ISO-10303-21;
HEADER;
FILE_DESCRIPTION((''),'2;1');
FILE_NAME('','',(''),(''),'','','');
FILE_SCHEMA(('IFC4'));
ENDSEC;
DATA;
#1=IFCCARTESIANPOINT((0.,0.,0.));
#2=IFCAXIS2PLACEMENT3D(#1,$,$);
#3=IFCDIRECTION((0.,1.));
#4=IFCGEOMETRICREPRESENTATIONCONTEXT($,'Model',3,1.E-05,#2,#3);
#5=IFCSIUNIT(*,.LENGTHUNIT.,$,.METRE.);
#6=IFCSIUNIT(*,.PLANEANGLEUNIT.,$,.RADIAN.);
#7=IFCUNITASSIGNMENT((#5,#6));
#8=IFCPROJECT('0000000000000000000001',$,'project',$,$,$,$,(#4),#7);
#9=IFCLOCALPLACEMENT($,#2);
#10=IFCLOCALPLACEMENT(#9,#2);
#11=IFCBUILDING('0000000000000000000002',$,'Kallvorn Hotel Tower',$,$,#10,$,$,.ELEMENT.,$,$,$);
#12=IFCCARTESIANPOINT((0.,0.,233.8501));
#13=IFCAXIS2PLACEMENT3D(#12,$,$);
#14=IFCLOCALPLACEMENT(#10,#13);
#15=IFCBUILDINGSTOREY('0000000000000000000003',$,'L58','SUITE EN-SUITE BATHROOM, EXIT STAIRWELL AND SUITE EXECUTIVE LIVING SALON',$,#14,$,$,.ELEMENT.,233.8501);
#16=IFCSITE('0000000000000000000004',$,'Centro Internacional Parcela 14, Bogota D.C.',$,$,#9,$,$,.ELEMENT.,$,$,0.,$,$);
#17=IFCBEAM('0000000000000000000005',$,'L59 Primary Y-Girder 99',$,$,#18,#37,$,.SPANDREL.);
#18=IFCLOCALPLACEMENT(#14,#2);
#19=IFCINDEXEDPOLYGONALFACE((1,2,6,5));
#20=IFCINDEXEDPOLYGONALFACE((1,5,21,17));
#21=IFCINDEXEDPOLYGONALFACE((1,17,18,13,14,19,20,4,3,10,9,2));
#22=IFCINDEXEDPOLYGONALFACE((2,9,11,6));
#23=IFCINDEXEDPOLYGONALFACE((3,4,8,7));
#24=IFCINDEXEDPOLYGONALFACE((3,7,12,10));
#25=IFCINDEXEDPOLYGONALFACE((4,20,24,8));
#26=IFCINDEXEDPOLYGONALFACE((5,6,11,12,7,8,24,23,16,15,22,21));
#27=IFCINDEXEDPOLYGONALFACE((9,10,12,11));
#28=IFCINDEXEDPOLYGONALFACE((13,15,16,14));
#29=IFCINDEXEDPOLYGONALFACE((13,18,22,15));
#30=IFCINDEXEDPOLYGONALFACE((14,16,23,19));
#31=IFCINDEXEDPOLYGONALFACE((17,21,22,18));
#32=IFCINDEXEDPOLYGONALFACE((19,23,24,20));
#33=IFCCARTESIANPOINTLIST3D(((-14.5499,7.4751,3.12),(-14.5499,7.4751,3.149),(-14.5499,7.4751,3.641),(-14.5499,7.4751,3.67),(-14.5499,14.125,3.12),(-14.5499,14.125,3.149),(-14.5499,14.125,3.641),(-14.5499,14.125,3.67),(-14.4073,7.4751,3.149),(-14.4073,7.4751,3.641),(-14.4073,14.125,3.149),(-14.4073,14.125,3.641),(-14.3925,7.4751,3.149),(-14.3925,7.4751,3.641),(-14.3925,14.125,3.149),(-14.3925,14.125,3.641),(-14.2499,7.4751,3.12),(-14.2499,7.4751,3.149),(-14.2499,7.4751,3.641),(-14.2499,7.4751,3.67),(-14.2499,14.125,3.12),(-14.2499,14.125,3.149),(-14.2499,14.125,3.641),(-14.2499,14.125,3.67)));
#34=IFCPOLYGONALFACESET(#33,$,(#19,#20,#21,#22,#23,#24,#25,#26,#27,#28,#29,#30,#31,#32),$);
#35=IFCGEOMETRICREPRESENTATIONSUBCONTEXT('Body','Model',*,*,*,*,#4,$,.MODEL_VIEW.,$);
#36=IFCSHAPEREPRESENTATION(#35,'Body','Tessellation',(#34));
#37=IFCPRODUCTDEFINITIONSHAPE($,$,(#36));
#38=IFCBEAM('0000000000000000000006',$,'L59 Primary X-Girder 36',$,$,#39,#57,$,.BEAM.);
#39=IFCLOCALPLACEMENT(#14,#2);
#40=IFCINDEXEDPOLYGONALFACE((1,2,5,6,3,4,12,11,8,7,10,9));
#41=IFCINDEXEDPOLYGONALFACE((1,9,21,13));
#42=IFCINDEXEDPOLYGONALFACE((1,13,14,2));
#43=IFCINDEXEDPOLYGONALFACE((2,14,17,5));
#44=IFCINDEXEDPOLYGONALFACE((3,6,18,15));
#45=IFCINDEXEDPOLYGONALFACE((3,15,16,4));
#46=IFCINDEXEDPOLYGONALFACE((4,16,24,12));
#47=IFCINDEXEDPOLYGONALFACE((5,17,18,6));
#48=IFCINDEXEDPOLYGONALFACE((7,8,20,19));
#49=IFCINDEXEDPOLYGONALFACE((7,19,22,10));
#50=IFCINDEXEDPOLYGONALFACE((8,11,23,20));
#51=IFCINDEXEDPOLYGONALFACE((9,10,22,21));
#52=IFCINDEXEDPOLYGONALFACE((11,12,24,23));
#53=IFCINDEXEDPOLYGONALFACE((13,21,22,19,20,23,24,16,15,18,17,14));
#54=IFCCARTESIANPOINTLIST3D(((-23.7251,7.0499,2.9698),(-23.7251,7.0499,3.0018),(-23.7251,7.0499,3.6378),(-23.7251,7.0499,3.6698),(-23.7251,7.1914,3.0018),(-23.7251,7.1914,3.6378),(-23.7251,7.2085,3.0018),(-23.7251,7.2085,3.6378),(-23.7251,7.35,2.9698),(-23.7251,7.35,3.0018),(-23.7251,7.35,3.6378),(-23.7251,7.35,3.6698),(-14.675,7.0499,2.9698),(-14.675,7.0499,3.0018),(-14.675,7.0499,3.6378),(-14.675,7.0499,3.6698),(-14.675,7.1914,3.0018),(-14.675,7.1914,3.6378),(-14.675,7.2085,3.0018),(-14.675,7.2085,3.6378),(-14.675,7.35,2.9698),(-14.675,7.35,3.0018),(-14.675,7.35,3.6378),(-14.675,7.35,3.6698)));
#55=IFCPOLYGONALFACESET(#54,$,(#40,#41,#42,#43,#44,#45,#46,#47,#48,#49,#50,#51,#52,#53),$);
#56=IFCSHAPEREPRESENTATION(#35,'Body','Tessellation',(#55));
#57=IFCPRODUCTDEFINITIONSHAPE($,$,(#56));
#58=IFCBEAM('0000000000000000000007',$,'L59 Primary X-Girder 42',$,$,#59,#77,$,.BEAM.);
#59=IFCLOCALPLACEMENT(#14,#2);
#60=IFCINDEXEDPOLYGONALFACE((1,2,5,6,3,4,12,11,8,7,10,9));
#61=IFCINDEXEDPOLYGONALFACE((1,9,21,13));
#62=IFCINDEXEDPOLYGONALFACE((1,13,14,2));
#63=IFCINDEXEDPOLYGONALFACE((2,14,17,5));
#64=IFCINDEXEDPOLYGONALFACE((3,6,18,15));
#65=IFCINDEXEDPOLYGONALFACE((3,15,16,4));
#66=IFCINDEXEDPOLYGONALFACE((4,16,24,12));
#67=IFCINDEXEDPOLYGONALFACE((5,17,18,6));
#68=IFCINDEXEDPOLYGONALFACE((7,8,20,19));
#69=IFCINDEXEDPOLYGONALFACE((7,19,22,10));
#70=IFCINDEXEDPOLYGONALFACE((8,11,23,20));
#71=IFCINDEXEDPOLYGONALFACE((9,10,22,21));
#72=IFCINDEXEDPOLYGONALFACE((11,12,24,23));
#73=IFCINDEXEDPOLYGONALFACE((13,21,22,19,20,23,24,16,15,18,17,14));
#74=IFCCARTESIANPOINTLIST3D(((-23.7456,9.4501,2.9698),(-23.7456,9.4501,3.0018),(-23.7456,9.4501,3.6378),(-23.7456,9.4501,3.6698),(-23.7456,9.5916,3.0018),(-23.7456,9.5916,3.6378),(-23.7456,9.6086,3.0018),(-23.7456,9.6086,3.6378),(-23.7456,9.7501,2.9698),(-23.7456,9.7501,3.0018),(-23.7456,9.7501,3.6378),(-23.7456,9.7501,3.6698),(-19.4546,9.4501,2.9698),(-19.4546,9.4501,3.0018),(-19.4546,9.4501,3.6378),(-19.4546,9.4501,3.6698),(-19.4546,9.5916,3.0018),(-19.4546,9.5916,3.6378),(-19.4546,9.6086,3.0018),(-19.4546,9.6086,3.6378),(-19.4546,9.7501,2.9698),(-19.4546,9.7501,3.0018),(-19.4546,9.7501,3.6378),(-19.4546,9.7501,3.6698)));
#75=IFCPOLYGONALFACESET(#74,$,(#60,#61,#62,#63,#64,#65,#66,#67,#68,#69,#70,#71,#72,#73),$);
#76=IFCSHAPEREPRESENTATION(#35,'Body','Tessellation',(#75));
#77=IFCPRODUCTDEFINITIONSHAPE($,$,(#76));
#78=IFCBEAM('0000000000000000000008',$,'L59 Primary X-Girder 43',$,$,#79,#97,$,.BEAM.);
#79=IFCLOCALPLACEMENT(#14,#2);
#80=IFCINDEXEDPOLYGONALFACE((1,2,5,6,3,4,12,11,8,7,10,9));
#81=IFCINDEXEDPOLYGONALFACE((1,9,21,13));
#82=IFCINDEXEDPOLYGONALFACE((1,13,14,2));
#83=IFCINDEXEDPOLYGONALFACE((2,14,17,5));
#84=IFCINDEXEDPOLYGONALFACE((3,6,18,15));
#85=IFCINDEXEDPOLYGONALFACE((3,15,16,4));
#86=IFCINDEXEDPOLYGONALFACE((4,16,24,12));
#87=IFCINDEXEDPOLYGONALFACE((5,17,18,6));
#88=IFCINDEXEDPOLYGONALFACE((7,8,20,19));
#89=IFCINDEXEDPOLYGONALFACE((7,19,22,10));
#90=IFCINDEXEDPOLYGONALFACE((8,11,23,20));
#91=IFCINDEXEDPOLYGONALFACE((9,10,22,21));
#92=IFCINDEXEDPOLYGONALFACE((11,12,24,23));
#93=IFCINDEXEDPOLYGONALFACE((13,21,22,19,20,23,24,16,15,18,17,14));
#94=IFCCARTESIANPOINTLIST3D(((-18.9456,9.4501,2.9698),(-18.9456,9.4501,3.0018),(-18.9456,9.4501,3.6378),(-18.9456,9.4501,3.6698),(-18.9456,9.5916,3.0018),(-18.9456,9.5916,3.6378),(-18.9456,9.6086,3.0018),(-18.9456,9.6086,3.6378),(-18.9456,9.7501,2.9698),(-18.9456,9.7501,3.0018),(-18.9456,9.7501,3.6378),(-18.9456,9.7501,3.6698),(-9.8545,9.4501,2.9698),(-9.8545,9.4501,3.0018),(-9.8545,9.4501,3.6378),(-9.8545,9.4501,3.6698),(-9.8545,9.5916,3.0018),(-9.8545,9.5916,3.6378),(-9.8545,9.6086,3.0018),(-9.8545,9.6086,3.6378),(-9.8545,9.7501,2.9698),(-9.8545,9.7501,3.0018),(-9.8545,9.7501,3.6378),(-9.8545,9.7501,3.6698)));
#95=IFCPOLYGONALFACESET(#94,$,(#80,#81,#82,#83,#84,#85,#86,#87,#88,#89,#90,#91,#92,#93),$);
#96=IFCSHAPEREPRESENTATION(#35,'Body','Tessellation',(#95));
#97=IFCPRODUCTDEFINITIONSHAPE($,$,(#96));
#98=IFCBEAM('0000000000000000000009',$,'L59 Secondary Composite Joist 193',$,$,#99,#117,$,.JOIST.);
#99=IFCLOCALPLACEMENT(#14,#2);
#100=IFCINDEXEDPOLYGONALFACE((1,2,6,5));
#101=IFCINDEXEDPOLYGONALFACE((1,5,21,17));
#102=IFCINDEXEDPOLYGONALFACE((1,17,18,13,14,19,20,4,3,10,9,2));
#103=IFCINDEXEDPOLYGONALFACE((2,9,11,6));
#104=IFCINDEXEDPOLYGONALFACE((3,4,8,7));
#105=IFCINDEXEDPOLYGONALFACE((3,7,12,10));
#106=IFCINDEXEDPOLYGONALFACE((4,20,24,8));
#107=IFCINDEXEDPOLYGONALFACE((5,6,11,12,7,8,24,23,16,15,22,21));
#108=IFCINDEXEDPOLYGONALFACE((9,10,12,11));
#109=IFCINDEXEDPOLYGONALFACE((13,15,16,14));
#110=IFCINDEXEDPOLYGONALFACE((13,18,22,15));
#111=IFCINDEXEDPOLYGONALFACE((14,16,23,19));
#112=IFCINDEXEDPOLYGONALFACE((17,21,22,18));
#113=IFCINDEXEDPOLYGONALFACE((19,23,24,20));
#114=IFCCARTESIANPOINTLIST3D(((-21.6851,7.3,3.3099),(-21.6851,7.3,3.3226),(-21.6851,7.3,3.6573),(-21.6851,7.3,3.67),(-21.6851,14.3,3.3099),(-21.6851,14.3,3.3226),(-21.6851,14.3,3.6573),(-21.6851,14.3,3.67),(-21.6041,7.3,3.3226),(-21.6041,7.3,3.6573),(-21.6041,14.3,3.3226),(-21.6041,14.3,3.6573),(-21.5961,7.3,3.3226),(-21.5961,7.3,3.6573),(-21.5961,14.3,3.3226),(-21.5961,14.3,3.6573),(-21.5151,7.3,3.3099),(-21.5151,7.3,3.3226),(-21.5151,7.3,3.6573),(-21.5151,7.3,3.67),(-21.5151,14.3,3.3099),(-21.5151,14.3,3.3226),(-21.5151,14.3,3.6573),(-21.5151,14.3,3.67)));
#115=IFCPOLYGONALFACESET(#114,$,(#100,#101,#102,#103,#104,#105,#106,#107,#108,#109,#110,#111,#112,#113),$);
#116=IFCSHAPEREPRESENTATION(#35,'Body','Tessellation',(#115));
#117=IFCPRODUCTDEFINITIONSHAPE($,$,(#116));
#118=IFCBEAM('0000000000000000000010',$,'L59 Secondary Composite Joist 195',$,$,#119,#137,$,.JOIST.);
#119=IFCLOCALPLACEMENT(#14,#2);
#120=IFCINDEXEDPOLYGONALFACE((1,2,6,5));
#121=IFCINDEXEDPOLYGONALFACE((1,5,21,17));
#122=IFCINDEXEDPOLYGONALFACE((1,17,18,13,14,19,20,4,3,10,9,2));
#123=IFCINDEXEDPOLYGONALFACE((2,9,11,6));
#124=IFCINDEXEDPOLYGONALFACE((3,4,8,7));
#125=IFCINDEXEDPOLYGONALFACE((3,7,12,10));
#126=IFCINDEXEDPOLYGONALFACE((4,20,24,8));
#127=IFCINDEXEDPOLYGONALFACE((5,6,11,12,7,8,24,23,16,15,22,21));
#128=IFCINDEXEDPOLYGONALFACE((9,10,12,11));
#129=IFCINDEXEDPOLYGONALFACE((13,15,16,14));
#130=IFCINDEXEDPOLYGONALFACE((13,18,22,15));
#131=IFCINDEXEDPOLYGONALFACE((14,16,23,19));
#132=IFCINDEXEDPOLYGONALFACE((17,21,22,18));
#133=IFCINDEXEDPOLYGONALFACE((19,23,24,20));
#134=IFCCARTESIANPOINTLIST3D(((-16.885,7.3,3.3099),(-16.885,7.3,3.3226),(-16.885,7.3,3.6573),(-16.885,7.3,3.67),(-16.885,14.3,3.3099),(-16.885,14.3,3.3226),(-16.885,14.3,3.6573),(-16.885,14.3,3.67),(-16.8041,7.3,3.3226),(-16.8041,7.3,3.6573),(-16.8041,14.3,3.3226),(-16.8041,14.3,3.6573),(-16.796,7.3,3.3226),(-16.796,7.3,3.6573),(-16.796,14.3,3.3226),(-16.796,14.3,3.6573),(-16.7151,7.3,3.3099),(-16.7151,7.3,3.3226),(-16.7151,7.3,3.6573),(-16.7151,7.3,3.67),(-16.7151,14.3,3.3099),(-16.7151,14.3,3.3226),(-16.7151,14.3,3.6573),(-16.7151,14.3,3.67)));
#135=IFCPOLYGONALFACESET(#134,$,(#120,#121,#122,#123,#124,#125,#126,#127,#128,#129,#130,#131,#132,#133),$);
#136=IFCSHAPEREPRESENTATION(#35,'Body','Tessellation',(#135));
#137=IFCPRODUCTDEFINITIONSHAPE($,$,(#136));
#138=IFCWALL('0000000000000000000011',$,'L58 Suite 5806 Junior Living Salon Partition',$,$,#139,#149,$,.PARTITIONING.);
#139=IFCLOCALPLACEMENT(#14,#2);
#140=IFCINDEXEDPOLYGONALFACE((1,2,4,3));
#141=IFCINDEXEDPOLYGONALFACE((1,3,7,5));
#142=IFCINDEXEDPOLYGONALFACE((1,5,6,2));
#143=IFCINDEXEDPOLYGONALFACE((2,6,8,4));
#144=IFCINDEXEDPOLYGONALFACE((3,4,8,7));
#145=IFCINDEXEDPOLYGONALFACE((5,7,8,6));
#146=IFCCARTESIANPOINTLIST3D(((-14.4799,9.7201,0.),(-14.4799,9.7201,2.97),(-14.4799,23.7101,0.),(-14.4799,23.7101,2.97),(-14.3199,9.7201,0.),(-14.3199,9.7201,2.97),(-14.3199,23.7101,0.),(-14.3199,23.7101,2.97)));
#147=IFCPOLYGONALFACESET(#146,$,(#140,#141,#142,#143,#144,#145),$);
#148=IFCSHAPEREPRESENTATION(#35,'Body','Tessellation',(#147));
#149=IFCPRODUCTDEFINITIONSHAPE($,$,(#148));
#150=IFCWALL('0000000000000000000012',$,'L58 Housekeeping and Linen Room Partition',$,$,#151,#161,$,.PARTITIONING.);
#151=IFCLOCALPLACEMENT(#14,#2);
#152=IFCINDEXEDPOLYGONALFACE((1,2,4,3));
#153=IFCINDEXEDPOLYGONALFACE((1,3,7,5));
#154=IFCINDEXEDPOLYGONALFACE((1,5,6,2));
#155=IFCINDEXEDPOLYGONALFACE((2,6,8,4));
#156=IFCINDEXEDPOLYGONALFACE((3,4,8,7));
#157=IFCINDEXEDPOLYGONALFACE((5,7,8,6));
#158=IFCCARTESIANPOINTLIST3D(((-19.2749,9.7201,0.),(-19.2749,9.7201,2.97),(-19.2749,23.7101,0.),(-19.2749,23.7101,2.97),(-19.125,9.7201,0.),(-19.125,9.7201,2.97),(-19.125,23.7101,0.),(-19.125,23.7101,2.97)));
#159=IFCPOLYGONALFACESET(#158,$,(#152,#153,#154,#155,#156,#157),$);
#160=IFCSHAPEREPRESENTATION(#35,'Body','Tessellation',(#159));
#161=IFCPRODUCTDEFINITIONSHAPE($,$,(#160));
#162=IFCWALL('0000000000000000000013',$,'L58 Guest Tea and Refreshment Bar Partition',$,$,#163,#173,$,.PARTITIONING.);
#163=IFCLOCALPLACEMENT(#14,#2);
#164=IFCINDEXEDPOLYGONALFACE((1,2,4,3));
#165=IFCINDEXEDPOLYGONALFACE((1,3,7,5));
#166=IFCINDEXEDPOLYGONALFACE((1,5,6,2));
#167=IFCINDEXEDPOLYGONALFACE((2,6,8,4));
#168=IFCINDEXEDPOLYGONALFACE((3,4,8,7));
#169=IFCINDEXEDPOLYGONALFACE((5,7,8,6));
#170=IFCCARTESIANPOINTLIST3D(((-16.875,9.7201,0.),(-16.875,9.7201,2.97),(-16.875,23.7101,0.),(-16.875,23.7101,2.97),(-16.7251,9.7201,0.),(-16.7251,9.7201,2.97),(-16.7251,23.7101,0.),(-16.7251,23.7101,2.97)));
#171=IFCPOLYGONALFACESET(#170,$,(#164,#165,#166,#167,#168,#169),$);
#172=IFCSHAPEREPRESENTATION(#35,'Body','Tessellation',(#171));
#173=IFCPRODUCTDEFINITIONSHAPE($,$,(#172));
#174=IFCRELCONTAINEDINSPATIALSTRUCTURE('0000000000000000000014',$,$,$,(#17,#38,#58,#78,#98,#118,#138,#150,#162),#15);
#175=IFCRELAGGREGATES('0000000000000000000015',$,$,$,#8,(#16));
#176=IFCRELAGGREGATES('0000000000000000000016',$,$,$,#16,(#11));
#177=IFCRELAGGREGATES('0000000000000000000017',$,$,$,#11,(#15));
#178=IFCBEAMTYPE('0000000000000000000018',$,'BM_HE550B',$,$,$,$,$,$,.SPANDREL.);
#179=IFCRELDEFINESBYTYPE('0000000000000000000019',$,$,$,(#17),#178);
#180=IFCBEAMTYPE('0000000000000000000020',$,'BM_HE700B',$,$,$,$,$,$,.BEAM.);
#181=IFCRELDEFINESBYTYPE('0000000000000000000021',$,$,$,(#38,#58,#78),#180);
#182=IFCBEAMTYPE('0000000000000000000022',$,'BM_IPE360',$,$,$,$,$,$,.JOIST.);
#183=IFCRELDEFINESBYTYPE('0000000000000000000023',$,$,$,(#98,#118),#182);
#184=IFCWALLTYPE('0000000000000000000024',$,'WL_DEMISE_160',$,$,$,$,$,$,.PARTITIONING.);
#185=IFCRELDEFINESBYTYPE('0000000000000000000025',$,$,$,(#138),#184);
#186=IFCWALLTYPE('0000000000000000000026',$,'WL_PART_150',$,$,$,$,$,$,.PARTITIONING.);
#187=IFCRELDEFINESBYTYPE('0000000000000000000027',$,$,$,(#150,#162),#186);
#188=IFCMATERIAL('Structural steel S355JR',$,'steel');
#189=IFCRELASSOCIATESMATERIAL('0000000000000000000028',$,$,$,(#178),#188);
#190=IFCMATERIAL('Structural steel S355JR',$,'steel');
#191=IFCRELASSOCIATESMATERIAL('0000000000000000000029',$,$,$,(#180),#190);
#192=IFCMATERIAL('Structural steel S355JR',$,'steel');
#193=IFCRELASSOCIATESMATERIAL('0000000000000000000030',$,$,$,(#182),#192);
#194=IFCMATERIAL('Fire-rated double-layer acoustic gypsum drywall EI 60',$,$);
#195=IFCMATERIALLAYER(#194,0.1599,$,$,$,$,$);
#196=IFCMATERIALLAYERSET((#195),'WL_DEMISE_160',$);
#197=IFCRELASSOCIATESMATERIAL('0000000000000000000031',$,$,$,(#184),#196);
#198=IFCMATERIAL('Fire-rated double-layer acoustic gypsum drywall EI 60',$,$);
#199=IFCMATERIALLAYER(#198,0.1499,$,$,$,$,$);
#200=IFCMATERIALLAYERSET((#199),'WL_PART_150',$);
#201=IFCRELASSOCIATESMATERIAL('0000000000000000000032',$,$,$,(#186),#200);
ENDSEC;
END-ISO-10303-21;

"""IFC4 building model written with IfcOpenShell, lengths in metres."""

from ifc_helpers import new_model, si_unit, direction, frame, frame_2d, origin, origin_2d, place, context, subcontext, project, spatial, rectangle, i_section, extrude, material, layer, layer_set, material_profile, profile_set, type_object, element, save


model = new_model("IFC4")

# Units and contexts
model_context = context("Model", 3, precision=1e-05, world=origin(), true_north=direction((0.0, 1.0)))
body_context = subcontext(model_context, "Body", "Model", "MODEL_VIEW")
ifc_project = project(units=[si_unit("LENGTHUNIT", "METRE"), si_unit("PLANEANGLEUNIT", "RADIAN")], contexts=[model_context])

# Site, building, storey
site_placement = place(None, origin())
site = spatial("IfcSite", under=ifc_project, at=site_placement, Name="Centro Internacional Parcela 14, Bogota D.C.", CompositionType="ELEMENT", RefElevation=0.0)
building_placement = place(site_placement, origin())
building = spatial("IfcBuilding", under=site, at=building_placement, Name="Kallvorn Hotel Tower", CompositionType="ELEMENT")
storey_placement = place(building_placement, frame((0.0, 0.0, 233.8501)))
storey = spatial("IfcBuildingStorey", under=building, at=storey_placement, Name="L58", Description="SUITE EN-SUITE BATHROOM, EXIT STAIRWELL AND SUITE EXECUTIVE LIVING SALON", CompositionType="ELEMENT", Elevation=233.8501)

# Beams
ifc_material_1 = material(Name="Structural steel S355JR", Category="steel")
ifc_material_profile_1 = material_profile(ifc_material_1, i_section(OverallWidth=0.3, OverallDepth=0.55, WebThickness=0.0149, FlangeThickness=0.0291, at=origin_2d()), Name="HE 550 B")
ifc_profile_set_1 = profile_set([ifc_material_profile_1], Name="Structural steel S355JR")
beam_type_1 = type_object("IfcBeamType", Name="BM_HE550B", PredefinedType="SPANDREL", material=ifc_profile_set_1)
beam_1_placement = place(storey_placement, frame((-14.3999, 7.4751, 3.395), z_axis=(0.0, 1.0, 0.0), x_axis=(-1.0, 0.0, 0.0)))
element("IfcBeam", 1, at=beam_1_placement, inside=storey, type_object=beam_type_1, Name="L59 Primary Y-Girder 99", PredefinedType="SPANDREL", context=body_context, shape_type="SweptSolid", body=[
    extrude(i_section(OverallWidth=0.3, OverallDepth=0.55, WebThickness=0.0149, FlangeThickness=0.0291, at=origin_2d()), origin(), (0.0, 0.0, 1.0), 6.6499),
])
ifc_material_2 = material(Name="Structural steel S355JR", Category="steel")
ifc_material_profile_2 = material_profile(ifc_material_2, i_section(OverallWidth=0.3, OverallDepth=0.7, WebThickness=0.0171, FlangeThickness=0.032, at=origin_2d()), Name="HE 700 B")
ifc_profile_set_2 = profile_set([ifc_material_profile_2], Name="Structural steel S355JR")
beam_type_2 = type_object("IfcBeamType", Name="BM_HE700B", PredefinedType="BEAM", material=ifc_profile_set_2)
beam_2_placement = place(storey_placement, frame((-23.7251, 7.2, 3.3198), z_axis=(1.0, 0.0, 0.0), x_axis=(0.0, 1.0, 0.0)))
element("IfcBeam", 2, at=beam_2_placement, inside=storey, type_object=beam_type_2, Name="L59 Primary X-Girder 36", PredefinedType="BEAM", context=body_context, shape_type="SweptSolid", body=[
    extrude(i_section(OverallWidth=0.3, OverallDepth=0.7, WebThickness=0.0171, FlangeThickness=0.032, at=origin_2d()), origin(), (0.0, 0.0, 1.0), 9.05),
])
beam_3_placement = place(storey_placement, frame((-23.7456, 9.6001, 3.3198), z_axis=(1.0, 0.0, 0.0), x_axis=(0.0, 1.0, 0.0)))
element("IfcBeam", 3, at=beam_3_placement, inside=storey, type_object=beam_type_2, Name="L59 Primary X-Girder 42", PredefinedType="BEAM", context=body_context, shape_type="SweptSolid", body=[
    extrude(i_section(OverallWidth=0.3, OverallDepth=0.7, WebThickness=0.0171, FlangeThickness=0.032, at=origin_2d()), origin(), (0.0, 0.0, 1.0), 4.291),
])
beam_4_placement = place(storey_placement, frame((-18.9456, 9.6001, 3.3198), z_axis=(1.0, 0.0, 0.0), x_axis=(0.0, 1.0, 0.0)))
element("IfcBeam", 4, at=beam_4_placement, inside=storey, type_object=beam_type_2, Name="L59 Primary X-Girder 43", PredefinedType="BEAM", context=body_context, shape_type="SweptSolid", body=[
    extrude(i_section(OverallWidth=0.3, OverallDepth=0.7, WebThickness=0.0171, FlangeThickness=0.032, at=origin_2d()), origin(), (0.0, 0.0, 1.0), 9.0911),
])
ifc_material_3 = material(Name="Structural steel S355JR", Category="steel")
ifc_material_profile_3 = material_profile(ifc_material_3, i_section(OverallWidth=0.1699, OverallDepth=0.3601, WebThickness=0.0081, FlangeThickness=0.0127, at=origin_2d()), Name="IPE 360")
ifc_profile_set_3 = profile_set([ifc_material_profile_3], Name="Structural steel S355JR")
beam_type_3 = type_object("IfcBeamType", Name="BM_IPE360", PredefinedType="JOIST", material=ifc_profile_set_3)
for number, where, z_axis, x_axis, name in (
    (5, (-21.6001, 7.3, 3.49), (0.0, 1.0, 0.0), (-1.0, 0.0, 0.0), "L59 Secondary Composite Joist 193"),
    (6, (-16.8, 7.3, 3.49), (0.0, 1.0, 0.0), (-1.0, 0.0, 0.0), "L59 Secondary Composite Joist 195"),
):
    element("IfcBeam", number, at=place(storey_placement, frame(where, z_axis=z_axis, x_axis=x_axis)), inside=storey, type_object=beam_type_3, Name=name, PredefinedType="JOIST", context=body_context, shape_type="SweptSolid", body=[
        extrude(i_section(OverallWidth=0.1699, OverallDepth=0.3601, WebThickness=0.0081, FlangeThickness=0.0127, at=origin_2d()), origin(), (0.0, 0.0, 1.0), 7.0),
    ])

# Shared definitions
ifc_material_4 = material(Name="Fire-rated double-layer acoustic gypsum drywall EI 60")
ifc_layer_1 = layer(ifc_material_4, 0.1599)
ifc_layer_set_1 = layer_set([ifc_layer_1], Name="WL_DEMISE_160")
wall_type_1 = type_object("IfcWallType", Name="WL_DEMISE_160", PredefinedType="PARTITIONING", material=ifc_layer_set_1)

# Walls
wall_1_placement = place(storey_placement, frame((-14.3999, 9.72, 0.0), z_axis=(0.0, 0.0, 1.0), x_axis=(0.0, 1.0, 0.0)))
element("IfcWall", 7, at=wall_1_placement, inside=storey, type_object=wall_type_1, Name="L58 Suite 5806 Junior Living Salon Partition", PredefinedType="PARTITIONING", context=body_context, shape_type="SweptSolid", body=[
    extrude(rectangle(XDim=13.99, YDim=0.1599, at=frame_2d((6.9951, 0.0))), origin(), (0.0, 0.0, 1.0), 2.97),
])
ifc_material_5 = material(Name="Fire-rated double-layer acoustic gypsum drywall EI 60")
ifc_layer_2 = layer(ifc_material_5, 0.1499)
ifc_layer_set_2 = layer_set([ifc_layer_2], Name="WL_PART_150")
wall_type_2 = type_object("IfcWallType", Name="WL_PART_150", PredefinedType="PARTITIONING", material=ifc_layer_set_2)
for number, where, z_axis, x_axis, name in (
    (8, (-19.2, 9.72, 0.0), (0.0, 0.0, 1.0), (0.0, 1.0, 0.0), "L58 Housekeeping and Linen Room Partition"),
    (9, (-16.8, 9.72, 0.0), (0.0, 0.0, 1.0), (0.0, 1.0, 0.0), "L58 Guest Tea and Refreshment Bar Partition"),
):
    element("IfcWall", number, at=place(storey_placement, frame(where, z_axis=z_axis, x_axis=x_axis)), inside=storey, type_object=wall_type_2, Name=name, PredefinedType="PARTITIONING", context=body_context, shape_type="SweptSolid", body=[
        extrude(rectangle(XDim=13.99, YDim=0.1499, at=frame_2d((6.9951, 0.0))), origin(), (0.0, 0.0, 1.0), 2.97),
    ])

save(model, "model.ifc")
